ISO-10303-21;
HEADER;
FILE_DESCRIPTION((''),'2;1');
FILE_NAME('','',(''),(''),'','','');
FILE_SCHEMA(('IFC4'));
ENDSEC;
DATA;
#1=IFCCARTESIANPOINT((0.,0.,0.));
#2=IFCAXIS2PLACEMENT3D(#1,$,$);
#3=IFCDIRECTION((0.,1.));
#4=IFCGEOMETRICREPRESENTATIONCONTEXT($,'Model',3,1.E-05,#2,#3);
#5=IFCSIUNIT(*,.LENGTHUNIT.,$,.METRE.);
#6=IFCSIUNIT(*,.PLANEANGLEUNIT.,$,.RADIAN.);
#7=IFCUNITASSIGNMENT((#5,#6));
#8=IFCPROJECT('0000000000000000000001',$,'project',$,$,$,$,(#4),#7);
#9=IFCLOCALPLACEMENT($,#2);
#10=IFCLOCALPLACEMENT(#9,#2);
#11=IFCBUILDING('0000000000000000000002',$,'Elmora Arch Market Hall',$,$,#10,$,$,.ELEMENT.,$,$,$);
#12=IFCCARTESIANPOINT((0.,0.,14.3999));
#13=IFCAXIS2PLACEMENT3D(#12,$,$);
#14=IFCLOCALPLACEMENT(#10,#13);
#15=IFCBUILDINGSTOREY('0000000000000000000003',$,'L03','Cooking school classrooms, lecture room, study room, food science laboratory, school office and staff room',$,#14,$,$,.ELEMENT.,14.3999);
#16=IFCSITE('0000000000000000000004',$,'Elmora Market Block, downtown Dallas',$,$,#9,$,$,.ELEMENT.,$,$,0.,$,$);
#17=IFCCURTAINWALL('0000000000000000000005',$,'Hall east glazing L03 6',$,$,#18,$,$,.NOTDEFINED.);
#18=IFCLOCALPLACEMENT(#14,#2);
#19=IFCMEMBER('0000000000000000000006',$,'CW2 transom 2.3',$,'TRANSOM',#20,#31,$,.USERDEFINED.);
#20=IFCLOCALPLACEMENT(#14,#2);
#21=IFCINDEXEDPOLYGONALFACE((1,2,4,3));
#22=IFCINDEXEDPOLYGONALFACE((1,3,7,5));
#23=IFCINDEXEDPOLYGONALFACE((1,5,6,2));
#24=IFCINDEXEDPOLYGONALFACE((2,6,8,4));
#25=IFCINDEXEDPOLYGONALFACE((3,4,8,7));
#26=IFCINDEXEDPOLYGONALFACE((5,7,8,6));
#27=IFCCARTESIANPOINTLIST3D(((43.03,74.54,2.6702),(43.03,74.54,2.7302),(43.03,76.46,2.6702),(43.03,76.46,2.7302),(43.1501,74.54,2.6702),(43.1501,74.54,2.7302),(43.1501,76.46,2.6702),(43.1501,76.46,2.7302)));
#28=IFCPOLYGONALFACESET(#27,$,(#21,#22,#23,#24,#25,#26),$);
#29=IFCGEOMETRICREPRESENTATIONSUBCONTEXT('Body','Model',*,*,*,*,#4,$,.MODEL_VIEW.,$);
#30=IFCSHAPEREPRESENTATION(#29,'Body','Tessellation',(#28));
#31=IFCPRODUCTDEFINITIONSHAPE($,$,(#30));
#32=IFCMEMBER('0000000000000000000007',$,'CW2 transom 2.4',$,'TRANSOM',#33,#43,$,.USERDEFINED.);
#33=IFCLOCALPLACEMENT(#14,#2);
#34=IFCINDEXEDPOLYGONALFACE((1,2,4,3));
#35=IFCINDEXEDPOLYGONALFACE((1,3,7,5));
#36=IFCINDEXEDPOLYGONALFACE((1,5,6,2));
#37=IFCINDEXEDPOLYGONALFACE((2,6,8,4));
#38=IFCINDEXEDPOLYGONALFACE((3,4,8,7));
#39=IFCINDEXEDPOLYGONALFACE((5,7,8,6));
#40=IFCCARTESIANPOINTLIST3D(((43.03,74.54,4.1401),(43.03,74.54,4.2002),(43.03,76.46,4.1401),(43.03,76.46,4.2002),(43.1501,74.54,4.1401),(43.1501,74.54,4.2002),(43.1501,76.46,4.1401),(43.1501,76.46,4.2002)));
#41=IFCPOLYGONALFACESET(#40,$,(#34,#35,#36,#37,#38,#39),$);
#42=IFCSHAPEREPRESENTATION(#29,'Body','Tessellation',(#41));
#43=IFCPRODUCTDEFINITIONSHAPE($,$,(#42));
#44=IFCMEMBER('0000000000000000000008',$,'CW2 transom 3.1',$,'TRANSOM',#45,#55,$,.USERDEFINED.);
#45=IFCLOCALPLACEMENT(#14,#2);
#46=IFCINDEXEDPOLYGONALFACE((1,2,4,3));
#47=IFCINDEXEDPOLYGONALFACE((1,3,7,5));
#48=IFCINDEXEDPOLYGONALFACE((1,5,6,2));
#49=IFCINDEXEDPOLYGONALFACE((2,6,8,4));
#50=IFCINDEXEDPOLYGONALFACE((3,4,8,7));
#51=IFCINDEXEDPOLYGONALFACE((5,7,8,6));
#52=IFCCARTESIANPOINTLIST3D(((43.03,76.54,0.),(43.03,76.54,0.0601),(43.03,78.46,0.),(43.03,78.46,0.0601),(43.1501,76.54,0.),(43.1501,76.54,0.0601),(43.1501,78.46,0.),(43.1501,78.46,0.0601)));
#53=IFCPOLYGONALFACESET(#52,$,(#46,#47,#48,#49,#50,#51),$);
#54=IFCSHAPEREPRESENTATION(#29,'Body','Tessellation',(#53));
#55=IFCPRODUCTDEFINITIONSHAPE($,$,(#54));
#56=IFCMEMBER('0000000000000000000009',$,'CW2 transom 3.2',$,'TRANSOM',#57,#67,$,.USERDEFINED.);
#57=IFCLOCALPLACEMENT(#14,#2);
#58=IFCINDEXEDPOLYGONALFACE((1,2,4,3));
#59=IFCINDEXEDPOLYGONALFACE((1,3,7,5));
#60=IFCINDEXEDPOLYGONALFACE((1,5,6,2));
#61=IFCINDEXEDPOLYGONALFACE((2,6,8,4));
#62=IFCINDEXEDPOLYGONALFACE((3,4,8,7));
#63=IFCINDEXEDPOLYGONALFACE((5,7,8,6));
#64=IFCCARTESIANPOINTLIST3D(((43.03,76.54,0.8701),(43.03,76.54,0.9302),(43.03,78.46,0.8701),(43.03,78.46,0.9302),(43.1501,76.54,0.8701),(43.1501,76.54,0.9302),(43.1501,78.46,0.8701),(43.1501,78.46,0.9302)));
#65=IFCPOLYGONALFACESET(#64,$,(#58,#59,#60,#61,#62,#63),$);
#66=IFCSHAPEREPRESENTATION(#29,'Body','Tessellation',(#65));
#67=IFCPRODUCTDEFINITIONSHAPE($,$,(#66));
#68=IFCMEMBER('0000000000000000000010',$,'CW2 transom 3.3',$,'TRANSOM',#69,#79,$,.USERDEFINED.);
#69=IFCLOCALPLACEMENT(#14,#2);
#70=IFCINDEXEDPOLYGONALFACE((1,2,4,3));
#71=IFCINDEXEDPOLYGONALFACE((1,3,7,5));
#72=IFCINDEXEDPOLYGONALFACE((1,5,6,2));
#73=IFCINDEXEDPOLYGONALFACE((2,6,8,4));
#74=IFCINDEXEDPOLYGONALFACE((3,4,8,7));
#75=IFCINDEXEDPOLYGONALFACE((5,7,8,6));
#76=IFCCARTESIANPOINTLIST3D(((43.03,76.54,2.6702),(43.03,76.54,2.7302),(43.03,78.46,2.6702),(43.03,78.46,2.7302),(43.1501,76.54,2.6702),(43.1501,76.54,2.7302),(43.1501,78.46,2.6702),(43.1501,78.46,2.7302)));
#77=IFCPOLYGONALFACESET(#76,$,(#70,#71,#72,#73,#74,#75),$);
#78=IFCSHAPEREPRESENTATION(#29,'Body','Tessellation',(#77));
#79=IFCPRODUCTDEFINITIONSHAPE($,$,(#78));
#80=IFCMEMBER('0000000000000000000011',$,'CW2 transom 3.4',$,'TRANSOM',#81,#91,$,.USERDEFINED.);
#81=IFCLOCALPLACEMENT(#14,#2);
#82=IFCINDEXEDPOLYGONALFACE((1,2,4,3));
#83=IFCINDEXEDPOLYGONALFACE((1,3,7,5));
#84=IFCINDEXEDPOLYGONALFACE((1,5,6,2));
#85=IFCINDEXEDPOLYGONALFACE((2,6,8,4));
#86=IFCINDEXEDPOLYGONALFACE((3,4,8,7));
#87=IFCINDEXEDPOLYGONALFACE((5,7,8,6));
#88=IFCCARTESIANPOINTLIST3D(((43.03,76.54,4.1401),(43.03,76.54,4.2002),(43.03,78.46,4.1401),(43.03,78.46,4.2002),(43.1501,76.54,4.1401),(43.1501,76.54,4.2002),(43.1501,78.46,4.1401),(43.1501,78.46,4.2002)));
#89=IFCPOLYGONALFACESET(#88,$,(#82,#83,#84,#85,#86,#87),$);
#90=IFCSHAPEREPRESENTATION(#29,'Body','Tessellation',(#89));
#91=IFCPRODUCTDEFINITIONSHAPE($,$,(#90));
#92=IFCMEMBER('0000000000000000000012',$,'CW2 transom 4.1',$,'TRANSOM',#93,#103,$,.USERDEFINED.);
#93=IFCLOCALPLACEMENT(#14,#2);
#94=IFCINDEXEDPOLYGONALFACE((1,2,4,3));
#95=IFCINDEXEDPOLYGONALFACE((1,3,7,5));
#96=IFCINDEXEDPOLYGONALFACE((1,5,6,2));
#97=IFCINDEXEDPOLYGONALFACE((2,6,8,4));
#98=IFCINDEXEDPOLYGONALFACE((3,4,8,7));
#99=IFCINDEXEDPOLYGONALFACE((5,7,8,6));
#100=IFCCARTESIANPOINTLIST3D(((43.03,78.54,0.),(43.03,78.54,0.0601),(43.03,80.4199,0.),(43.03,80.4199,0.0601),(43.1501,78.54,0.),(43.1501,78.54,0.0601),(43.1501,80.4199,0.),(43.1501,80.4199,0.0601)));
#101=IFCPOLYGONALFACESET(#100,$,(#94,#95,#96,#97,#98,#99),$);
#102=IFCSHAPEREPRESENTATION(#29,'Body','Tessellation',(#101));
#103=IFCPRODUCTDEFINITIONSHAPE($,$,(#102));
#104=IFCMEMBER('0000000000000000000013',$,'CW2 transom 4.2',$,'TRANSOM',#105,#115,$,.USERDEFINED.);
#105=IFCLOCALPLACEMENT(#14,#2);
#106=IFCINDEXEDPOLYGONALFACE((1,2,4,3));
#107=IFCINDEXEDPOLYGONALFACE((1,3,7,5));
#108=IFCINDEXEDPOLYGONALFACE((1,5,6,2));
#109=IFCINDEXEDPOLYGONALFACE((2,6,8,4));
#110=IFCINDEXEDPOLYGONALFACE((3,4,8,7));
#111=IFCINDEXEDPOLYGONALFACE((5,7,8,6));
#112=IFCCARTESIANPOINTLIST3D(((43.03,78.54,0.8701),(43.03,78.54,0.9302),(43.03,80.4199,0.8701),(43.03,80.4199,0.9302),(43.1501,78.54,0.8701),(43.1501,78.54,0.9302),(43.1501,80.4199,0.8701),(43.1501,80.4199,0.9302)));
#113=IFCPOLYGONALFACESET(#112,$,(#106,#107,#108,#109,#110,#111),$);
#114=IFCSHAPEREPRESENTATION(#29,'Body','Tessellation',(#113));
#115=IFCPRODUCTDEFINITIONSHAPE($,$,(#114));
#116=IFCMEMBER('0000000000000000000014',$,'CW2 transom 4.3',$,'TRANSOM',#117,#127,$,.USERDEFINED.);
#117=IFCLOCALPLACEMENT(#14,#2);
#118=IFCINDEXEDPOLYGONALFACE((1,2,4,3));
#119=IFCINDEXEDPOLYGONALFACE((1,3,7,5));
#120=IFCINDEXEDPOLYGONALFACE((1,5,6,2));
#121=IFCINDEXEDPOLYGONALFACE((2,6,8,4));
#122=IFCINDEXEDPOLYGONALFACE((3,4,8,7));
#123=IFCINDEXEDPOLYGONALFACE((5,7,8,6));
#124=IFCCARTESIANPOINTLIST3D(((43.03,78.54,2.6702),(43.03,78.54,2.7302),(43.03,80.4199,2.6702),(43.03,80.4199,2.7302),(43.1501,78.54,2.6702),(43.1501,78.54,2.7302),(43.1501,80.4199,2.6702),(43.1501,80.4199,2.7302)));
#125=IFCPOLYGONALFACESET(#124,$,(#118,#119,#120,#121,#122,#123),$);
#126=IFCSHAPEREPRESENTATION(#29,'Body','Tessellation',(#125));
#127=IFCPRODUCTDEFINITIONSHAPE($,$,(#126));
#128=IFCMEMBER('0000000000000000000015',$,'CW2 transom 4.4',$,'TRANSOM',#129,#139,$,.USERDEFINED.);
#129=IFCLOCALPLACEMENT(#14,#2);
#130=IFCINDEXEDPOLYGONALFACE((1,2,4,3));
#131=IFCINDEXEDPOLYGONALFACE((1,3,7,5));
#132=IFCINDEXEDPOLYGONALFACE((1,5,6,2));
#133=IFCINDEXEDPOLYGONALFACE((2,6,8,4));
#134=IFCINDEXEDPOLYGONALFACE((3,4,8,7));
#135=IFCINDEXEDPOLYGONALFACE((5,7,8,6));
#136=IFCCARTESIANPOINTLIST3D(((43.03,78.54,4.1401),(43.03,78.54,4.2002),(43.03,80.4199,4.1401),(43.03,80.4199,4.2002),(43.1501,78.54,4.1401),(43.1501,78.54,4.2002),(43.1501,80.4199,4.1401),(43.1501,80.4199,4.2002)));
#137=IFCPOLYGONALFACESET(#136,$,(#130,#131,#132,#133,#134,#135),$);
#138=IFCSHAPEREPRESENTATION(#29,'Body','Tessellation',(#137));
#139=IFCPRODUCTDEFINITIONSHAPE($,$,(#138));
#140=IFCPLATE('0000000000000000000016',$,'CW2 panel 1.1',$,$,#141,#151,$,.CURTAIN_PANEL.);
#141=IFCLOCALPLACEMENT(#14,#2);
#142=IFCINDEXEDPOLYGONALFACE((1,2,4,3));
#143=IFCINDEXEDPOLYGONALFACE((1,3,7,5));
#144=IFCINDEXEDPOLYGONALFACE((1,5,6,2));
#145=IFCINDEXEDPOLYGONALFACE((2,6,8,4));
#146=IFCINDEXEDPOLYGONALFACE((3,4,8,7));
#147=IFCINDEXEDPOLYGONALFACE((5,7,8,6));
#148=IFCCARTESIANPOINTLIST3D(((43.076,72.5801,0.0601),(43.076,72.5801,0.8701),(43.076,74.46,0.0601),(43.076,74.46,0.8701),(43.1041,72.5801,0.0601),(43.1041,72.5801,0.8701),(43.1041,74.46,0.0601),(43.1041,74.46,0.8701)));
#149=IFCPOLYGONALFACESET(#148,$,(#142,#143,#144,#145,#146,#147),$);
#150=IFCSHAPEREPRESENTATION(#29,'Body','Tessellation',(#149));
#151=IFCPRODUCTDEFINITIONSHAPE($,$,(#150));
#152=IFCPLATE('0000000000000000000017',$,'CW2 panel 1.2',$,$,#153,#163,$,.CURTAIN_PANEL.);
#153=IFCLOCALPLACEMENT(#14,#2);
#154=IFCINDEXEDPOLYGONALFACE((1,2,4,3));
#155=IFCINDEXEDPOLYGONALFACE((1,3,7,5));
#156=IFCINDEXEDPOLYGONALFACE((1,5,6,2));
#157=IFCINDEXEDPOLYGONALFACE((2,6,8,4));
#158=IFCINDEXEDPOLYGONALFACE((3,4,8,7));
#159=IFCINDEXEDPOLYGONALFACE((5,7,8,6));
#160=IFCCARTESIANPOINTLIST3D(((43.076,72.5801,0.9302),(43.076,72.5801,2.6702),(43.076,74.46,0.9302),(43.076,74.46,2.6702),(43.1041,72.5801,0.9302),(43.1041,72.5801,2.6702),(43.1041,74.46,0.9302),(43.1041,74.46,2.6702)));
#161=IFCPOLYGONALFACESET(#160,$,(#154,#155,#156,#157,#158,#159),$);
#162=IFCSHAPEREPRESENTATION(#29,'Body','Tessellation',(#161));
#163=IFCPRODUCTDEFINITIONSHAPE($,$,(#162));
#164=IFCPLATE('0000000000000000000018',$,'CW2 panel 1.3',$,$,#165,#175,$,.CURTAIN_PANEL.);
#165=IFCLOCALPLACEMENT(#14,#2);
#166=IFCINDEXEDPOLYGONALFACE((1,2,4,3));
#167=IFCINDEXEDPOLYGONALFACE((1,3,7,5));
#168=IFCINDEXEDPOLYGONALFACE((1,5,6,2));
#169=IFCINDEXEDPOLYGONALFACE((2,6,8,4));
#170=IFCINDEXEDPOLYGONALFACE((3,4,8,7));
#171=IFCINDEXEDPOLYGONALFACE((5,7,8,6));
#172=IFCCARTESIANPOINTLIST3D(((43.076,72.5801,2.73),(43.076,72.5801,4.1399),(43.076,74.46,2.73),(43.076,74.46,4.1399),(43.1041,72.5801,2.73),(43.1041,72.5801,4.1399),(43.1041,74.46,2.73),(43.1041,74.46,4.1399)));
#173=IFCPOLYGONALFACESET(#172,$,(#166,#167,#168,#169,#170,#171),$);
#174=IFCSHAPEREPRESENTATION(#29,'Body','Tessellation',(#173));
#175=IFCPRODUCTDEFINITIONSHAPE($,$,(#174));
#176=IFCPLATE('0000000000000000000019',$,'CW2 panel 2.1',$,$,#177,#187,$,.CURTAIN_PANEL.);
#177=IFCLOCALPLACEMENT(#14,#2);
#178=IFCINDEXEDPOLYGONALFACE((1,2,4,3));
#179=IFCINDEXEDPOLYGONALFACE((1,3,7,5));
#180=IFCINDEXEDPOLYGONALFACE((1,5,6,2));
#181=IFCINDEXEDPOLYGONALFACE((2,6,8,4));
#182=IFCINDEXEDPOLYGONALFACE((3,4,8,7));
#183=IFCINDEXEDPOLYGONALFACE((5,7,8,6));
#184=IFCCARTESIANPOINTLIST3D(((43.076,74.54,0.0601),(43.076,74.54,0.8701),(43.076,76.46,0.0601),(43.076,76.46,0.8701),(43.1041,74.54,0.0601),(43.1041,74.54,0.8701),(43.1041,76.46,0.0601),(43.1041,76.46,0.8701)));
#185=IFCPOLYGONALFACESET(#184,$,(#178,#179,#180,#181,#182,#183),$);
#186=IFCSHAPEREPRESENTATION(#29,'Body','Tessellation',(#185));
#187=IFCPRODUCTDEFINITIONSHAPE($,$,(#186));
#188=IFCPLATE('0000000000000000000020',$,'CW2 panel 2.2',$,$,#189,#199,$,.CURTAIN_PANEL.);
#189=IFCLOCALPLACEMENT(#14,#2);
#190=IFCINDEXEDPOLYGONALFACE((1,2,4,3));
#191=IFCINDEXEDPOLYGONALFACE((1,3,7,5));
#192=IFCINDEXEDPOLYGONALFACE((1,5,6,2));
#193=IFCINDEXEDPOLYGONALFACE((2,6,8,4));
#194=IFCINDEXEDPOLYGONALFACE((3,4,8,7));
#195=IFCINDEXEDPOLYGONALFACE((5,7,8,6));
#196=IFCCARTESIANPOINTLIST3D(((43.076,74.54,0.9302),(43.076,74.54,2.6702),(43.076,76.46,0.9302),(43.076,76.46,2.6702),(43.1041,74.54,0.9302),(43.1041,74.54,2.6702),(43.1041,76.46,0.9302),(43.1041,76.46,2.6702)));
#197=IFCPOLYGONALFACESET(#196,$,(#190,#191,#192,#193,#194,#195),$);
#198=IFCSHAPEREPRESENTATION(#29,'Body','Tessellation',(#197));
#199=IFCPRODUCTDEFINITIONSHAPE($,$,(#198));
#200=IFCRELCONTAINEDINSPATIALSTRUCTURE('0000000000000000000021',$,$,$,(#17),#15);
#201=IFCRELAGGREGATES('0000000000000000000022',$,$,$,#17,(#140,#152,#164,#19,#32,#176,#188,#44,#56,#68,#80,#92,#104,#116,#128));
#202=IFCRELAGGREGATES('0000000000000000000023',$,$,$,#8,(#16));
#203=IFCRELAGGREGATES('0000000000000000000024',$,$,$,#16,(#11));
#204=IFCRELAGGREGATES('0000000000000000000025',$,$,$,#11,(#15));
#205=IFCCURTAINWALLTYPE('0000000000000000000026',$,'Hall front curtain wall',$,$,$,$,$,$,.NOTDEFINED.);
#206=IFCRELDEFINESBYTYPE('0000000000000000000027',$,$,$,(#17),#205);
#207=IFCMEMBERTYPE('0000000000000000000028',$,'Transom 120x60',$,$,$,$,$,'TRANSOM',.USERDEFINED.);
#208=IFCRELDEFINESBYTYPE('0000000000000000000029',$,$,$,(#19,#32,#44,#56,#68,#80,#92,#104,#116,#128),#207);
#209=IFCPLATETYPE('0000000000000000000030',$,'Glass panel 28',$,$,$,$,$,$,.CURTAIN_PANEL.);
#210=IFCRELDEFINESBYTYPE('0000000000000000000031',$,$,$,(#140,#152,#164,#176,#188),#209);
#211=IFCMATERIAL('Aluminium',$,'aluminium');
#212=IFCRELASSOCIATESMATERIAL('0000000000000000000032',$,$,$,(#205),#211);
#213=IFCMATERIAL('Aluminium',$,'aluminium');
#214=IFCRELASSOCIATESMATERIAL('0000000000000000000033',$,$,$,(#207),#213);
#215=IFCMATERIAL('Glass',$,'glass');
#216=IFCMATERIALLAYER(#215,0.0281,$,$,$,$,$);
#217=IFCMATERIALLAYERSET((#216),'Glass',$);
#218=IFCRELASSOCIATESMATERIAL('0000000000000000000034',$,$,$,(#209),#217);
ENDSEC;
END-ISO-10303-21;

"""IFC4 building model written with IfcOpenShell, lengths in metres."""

from ifc_helpers import new_model, si_unit, direction, frame, origin, origin_2d, place, context, subcontext, project, spatial, rectangle, extrude, material, layer, layer_set, material_profile, profile_set, type_object, element, aggregate, save


model = new_model("IFC4")

# Units and contexts
model_context = context("Model", 3, precision=1e-05, world=origin(), true_north=direction((0.0, 1.0)))
body_context = subcontext(model_context, "Body", "Model", "MODEL_VIEW")
ifc_project = project(units=[si_unit("LENGTHUNIT", "METRE"), si_unit("PLANEANGLEUNIT", "RADIAN")], contexts=[model_context])

# Site, building, storey
site_placement = place(None, origin())
site = spatial("IfcSite", under=ifc_project, at=site_placement, Name="Elmora Market Block, downtown Dallas", CompositionType="ELEMENT", RefElevation=0.0)
building_placement = place(site_placement, origin())
building = spatial("IfcBuilding", under=site, at=building_placement, Name="Elmora Arch Market Hall", CompositionType="ELEMENT")
storey_placement = place(building_placement, frame((0.0, 0.0, 14.3999)))
storey = spatial("IfcBuildingStorey", under=building, at=storey_placement, Name="L03", Description="Cooking school classrooms, lecture room, study room, food science laboratory, school office and staff room", CompositionType="ELEMENT", Elevation=14.3999)

# Curtain wall
ifc_material_1 = material(Name="Aluminium", Category="aluminium")
curtain_wall_type = type_object("IfcCurtainWallType", Name="Hall front curtain wall", PredefinedType="NOTDEFINED", material=ifc_material_1)
curtain_wall_placement = place(storey_placement, origin())
curtain_wall = element("IfcCurtainWall", 1, at=curtain_wall_placement, inside=storey, type_object=curtain_wall_type, Name="Hall east glazing L03 6", PredefinedType="NOTDEFINED")

# Members
ifc_material_2 = material(Name="Aluminium", Category="aluminium")
ifc_material_profile_1 = material_profile(ifc_material_2, rectangle(XDim=0.1201, YDim=0.0601, at=origin_2d()), Name="AL 120x60")
ifc_profile_set_1 = profile_set([ifc_material_profile_1], Name="Aluminium")
member_type_1 = type_object("IfcMemberType", Name="Transom 120x60", ElementType="TRANSOM", PredefinedType="USERDEFINED", material=ifc_profile_set_1)
member_1_placement = place(storey_placement, frame((43.0901, 74.54, 2.7002), z_axis=(0.0, 1.0, 0.0), x_axis=(-1.0, 0.0, 0.0)))
member_1 = element("IfcMember", 2, at=member_1_placement, type_object=member_type_1, Name="CW2 transom 2.3", ObjectType="TRANSOM", PredefinedType="USERDEFINED", context=body_context, shape_type="SweptSolid", body=[
    extrude(rectangle(XDim=0.1201, YDim=0.0601, at=origin_2d()), origin(), (0.0, 0.0, 1.0), 1.9199),
])
member_2_placement = place(storey_placement, frame((43.0901, 74.54, 4.1702), z_axis=(0.0, 1.0, 0.0), x_axis=(-1.0, 0.0, 0.0)))
member_2 = element("IfcMember", 3, at=member_2_placement, type_object=member_type_1, Name="CW2 transom 2.4", ObjectType="TRANSOM", PredefinedType="USERDEFINED", context=body_context, shape_type="SweptSolid", body=[
    extrude(rectangle(XDim=0.1201, YDim=0.0601, at=origin_2d()), origin(), (0.0, 0.0, 1.0), 1.9199),
])
member_3_placement = place(storey_placement, frame((43.0901, 76.54, 0.03), z_axis=(0.0, 1.0, 0.0), x_axis=(-1.0, 0.0, 0.0)))
member_3 = element("IfcMember", 4, at=member_3_placement, type_object=member_type_1, Name="CW2 transom 3.1", ObjectType="TRANSOM", PredefinedType="USERDEFINED", context=body_context, shape_type="SweptSolid", body=[
    extrude(rectangle(XDim=0.1201, YDim=0.0601, at=origin_2d()), origin(), (0.0, 0.0, 1.0), 1.9199),
])
member_4_placement = place(storey_placement, frame((43.0901, 76.54, 0.9001), z_axis=(0.0, 1.0, 0.0), x_axis=(-1.0, 0.0, 0.0)))
member_4 = element("IfcMember", 5, at=member_4_placement, type_object=member_type_1, Name="CW2 transom 3.2", ObjectType="TRANSOM", PredefinedType="USERDEFINED", context=body_context, shape_type="SweptSolid", body=[
    extrude(rectangle(XDim=0.1201, YDim=0.0601, at=origin_2d()), origin(), (0.0, 0.0, 1.0), 1.9199),
])
member_5_placement = place(storey_placement, frame((43.0901, 76.54, 2.7002), z_axis=(0.0, 1.0, 0.0), x_axis=(-1.0, 0.0, 0.0)))
member_5 = element("IfcMember", 6, at=member_5_placement, type_object=member_type_1, Name="CW2 transom 3.3", ObjectType="TRANSOM", PredefinedType="USERDEFINED", context=body_context, shape_type="SweptSolid", body=[
    extrude(rectangle(XDim=0.1201, YDim=0.0601, at=origin_2d()), origin(), (0.0, 0.0, 1.0), 1.9199),
])
member_6_placement = place(storey_placement, frame((43.0901, 76.54, 4.1702), z_axis=(0.0, 1.0, 0.0), x_axis=(-1.0, 0.0, 0.0)))
member_6 = element("IfcMember", 7, at=member_6_placement, type_object=member_type_1, Name="CW2 transom 3.4", ObjectType="TRANSOM", PredefinedType="USERDEFINED", context=body_context, shape_type="SweptSolid", body=[
    extrude(rectangle(XDim=0.1201, YDim=0.0601, at=origin_2d()), origin(), (0.0, 0.0, 1.0), 1.9199),
])
member_7_placement = place(storey_placement, frame((43.0901, 78.54, 0.03), z_axis=(0.0, 1.0, 0.0), x_axis=(-1.0, 0.0, 0.0)))
member_7 = element("IfcMember", 8, at=member_7_placement, type_object=member_type_1, Name="CW2 transom 4.1", ObjectType="TRANSOM", PredefinedType="USERDEFINED", context=body_context, shape_type="SweptSolid", body=[
    extrude(rectangle(XDim=0.1201, YDim=0.0601, at=origin_2d()), origin(), (0.0, 0.0, 1.0), 1.8799),
])
member_8_placement = place(storey_placement, frame((43.0901, 78.54, 0.9001), z_axis=(0.0, 1.0, 0.0), x_axis=(-1.0, 0.0, 0.0)))
member_8 = element("IfcMember", 9, at=member_8_placement, type_object=member_type_1, Name="CW2 transom 4.2", ObjectType="TRANSOM", PredefinedType="USERDEFINED", context=body_context, shape_type="SweptSolid", body=[
    extrude(rectangle(XDim=0.1201, YDim=0.0601, at=origin_2d()), origin(), (0.0, 0.0, 1.0), 1.8799),
])
member_9_placement = place(storey_placement, frame((43.0901, 78.54, 2.7002), z_axis=(0.0, 1.0, 0.0), x_axis=(-1.0, 0.0, 0.0)))
member_9 = element("IfcMember", 10, at=member_9_placement, type_object=member_type_1, Name="CW2 transom 4.3", ObjectType="TRANSOM", PredefinedType="USERDEFINED", context=body_context, shape_type="SweptSolid", body=[
    extrude(rectangle(XDim=0.1201, YDim=0.0601, at=origin_2d()), origin(), (0.0, 0.0, 1.0), 1.8799),
])
member_10_placement = place(storey_placement, frame((43.0901, 78.54, 4.1702), z_axis=(0.0, 1.0, 0.0), x_axis=(-1.0, 0.0, 0.0)))
member_10 = element("IfcMember", 11, at=member_10_placement, type_object=member_type_1, Name="CW2 transom 4.4", ObjectType="TRANSOM", PredefinedType="USERDEFINED", context=body_context, shape_type="SweptSolid", body=[
    extrude(rectangle(XDim=0.1201, YDim=0.0601, at=origin_2d()), origin(), (0.0, 0.0, 1.0), 1.8799),
])

# Plates
ifc_material_3 = material(Name="Glass", Category="glass")
ifc_layer = layer(ifc_material_3, 0.0281)
ifc_layer_set = layer_set([ifc_layer], Name="Glass")
plate_type = type_object("IfcPlateType", Name="Glass panel 28", PredefinedType="CURTAIN_PANEL", material=ifc_layer_set)
plate_1_placement = place(storey_placement, frame((43.0901, 73.52, 0.0601), z_axis=(0.0, 0.0, 1.0), x_axis=(0.0, 1.0, 0.0)))
plate_1 = element("IfcPlate", 12, at=plate_1_placement, type_object=plate_type, Name="CW2 panel 1.1", PredefinedType="CURTAIN_PANEL", context=body_context, shape_type="SweptSolid", body=[
    extrude(rectangle(XDim=1.8799, YDim=0.0281, at=origin_2d()), origin(), (0.0, 0.0, 1.0), 0.8101),
])
plate_2_placement = place(storey_placement, frame((43.0901, 73.52, 0.9302), z_axis=(0.0, 0.0, 1.0), x_axis=(0.0, 1.0, 0.0)))
plate_2 = element("IfcPlate", 13, at=plate_2_placement, type_object=plate_type, Name="CW2 panel 1.2", PredefinedType="CURTAIN_PANEL", context=body_context, shape_type="SweptSolid", body=[
    extrude(rectangle(XDim=1.8799, YDim=0.0281, at=origin_2d()), origin(), (0.0, 0.0, 1.0), 1.74),
])
plate_3_placement = place(storey_placement, frame((43.0901, 73.52, 2.73), z_axis=(0.0, 0.0, 1.0), x_axis=(0.0, 1.0, 0.0)))
plate_3 = element("IfcPlate", 14, at=plate_3_placement, type_object=plate_type, Name="CW2 panel 1.3", PredefinedType="CURTAIN_PANEL", context=body_context, shape_type="SweptSolid", body=[
    extrude(rectangle(XDim=1.8799, YDim=0.0281, at=origin_2d()), origin(), (0.0, 0.0, 1.0), 1.4099),
])
plate_4_placement = place(storey_placement, frame((43.0901, 75.5, 0.0601), z_axis=(0.0, 0.0, 1.0), x_axis=(0.0, 1.0, 0.0)))
plate_4 = element("IfcPlate", 15, at=plate_4_placement, type_object=plate_type, Name="CW2 panel 2.1", PredefinedType="CURTAIN_PANEL", context=body_context, shape_type="SweptSolid", body=[
    extrude(rectangle(XDim=1.9199, YDim=0.0281, at=origin_2d()), origin(), (0.0, 0.0, 1.0), 0.8101),
])
plate_5_placement = place(storey_placement, frame((43.0901, 75.5, 0.9302), z_axis=(0.0, 0.0, 1.0), x_axis=(0.0, 1.0, 0.0)))
plate_5 = element("IfcPlate", 16, at=plate_5_placement, type_object=plate_type, Name="CW2 panel 2.2", PredefinedType="CURTAIN_PANEL", context=body_context, shape_type="SweptSolid", body=[
    extrude(rectangle(XDim=1.9199, YDim=0.0281, at=origin_2d()), origin(), (0.0, 0.0, 1.0), 1.74),
])
aggregate(curtain_wall, [plate_1, plate_2, plate_3, member_1, member_2, plate_4, plate_5, member_3, member_4, member_5, member_6, member_7, member_8, member_9, member_10])

save(model, "model.ifc")
